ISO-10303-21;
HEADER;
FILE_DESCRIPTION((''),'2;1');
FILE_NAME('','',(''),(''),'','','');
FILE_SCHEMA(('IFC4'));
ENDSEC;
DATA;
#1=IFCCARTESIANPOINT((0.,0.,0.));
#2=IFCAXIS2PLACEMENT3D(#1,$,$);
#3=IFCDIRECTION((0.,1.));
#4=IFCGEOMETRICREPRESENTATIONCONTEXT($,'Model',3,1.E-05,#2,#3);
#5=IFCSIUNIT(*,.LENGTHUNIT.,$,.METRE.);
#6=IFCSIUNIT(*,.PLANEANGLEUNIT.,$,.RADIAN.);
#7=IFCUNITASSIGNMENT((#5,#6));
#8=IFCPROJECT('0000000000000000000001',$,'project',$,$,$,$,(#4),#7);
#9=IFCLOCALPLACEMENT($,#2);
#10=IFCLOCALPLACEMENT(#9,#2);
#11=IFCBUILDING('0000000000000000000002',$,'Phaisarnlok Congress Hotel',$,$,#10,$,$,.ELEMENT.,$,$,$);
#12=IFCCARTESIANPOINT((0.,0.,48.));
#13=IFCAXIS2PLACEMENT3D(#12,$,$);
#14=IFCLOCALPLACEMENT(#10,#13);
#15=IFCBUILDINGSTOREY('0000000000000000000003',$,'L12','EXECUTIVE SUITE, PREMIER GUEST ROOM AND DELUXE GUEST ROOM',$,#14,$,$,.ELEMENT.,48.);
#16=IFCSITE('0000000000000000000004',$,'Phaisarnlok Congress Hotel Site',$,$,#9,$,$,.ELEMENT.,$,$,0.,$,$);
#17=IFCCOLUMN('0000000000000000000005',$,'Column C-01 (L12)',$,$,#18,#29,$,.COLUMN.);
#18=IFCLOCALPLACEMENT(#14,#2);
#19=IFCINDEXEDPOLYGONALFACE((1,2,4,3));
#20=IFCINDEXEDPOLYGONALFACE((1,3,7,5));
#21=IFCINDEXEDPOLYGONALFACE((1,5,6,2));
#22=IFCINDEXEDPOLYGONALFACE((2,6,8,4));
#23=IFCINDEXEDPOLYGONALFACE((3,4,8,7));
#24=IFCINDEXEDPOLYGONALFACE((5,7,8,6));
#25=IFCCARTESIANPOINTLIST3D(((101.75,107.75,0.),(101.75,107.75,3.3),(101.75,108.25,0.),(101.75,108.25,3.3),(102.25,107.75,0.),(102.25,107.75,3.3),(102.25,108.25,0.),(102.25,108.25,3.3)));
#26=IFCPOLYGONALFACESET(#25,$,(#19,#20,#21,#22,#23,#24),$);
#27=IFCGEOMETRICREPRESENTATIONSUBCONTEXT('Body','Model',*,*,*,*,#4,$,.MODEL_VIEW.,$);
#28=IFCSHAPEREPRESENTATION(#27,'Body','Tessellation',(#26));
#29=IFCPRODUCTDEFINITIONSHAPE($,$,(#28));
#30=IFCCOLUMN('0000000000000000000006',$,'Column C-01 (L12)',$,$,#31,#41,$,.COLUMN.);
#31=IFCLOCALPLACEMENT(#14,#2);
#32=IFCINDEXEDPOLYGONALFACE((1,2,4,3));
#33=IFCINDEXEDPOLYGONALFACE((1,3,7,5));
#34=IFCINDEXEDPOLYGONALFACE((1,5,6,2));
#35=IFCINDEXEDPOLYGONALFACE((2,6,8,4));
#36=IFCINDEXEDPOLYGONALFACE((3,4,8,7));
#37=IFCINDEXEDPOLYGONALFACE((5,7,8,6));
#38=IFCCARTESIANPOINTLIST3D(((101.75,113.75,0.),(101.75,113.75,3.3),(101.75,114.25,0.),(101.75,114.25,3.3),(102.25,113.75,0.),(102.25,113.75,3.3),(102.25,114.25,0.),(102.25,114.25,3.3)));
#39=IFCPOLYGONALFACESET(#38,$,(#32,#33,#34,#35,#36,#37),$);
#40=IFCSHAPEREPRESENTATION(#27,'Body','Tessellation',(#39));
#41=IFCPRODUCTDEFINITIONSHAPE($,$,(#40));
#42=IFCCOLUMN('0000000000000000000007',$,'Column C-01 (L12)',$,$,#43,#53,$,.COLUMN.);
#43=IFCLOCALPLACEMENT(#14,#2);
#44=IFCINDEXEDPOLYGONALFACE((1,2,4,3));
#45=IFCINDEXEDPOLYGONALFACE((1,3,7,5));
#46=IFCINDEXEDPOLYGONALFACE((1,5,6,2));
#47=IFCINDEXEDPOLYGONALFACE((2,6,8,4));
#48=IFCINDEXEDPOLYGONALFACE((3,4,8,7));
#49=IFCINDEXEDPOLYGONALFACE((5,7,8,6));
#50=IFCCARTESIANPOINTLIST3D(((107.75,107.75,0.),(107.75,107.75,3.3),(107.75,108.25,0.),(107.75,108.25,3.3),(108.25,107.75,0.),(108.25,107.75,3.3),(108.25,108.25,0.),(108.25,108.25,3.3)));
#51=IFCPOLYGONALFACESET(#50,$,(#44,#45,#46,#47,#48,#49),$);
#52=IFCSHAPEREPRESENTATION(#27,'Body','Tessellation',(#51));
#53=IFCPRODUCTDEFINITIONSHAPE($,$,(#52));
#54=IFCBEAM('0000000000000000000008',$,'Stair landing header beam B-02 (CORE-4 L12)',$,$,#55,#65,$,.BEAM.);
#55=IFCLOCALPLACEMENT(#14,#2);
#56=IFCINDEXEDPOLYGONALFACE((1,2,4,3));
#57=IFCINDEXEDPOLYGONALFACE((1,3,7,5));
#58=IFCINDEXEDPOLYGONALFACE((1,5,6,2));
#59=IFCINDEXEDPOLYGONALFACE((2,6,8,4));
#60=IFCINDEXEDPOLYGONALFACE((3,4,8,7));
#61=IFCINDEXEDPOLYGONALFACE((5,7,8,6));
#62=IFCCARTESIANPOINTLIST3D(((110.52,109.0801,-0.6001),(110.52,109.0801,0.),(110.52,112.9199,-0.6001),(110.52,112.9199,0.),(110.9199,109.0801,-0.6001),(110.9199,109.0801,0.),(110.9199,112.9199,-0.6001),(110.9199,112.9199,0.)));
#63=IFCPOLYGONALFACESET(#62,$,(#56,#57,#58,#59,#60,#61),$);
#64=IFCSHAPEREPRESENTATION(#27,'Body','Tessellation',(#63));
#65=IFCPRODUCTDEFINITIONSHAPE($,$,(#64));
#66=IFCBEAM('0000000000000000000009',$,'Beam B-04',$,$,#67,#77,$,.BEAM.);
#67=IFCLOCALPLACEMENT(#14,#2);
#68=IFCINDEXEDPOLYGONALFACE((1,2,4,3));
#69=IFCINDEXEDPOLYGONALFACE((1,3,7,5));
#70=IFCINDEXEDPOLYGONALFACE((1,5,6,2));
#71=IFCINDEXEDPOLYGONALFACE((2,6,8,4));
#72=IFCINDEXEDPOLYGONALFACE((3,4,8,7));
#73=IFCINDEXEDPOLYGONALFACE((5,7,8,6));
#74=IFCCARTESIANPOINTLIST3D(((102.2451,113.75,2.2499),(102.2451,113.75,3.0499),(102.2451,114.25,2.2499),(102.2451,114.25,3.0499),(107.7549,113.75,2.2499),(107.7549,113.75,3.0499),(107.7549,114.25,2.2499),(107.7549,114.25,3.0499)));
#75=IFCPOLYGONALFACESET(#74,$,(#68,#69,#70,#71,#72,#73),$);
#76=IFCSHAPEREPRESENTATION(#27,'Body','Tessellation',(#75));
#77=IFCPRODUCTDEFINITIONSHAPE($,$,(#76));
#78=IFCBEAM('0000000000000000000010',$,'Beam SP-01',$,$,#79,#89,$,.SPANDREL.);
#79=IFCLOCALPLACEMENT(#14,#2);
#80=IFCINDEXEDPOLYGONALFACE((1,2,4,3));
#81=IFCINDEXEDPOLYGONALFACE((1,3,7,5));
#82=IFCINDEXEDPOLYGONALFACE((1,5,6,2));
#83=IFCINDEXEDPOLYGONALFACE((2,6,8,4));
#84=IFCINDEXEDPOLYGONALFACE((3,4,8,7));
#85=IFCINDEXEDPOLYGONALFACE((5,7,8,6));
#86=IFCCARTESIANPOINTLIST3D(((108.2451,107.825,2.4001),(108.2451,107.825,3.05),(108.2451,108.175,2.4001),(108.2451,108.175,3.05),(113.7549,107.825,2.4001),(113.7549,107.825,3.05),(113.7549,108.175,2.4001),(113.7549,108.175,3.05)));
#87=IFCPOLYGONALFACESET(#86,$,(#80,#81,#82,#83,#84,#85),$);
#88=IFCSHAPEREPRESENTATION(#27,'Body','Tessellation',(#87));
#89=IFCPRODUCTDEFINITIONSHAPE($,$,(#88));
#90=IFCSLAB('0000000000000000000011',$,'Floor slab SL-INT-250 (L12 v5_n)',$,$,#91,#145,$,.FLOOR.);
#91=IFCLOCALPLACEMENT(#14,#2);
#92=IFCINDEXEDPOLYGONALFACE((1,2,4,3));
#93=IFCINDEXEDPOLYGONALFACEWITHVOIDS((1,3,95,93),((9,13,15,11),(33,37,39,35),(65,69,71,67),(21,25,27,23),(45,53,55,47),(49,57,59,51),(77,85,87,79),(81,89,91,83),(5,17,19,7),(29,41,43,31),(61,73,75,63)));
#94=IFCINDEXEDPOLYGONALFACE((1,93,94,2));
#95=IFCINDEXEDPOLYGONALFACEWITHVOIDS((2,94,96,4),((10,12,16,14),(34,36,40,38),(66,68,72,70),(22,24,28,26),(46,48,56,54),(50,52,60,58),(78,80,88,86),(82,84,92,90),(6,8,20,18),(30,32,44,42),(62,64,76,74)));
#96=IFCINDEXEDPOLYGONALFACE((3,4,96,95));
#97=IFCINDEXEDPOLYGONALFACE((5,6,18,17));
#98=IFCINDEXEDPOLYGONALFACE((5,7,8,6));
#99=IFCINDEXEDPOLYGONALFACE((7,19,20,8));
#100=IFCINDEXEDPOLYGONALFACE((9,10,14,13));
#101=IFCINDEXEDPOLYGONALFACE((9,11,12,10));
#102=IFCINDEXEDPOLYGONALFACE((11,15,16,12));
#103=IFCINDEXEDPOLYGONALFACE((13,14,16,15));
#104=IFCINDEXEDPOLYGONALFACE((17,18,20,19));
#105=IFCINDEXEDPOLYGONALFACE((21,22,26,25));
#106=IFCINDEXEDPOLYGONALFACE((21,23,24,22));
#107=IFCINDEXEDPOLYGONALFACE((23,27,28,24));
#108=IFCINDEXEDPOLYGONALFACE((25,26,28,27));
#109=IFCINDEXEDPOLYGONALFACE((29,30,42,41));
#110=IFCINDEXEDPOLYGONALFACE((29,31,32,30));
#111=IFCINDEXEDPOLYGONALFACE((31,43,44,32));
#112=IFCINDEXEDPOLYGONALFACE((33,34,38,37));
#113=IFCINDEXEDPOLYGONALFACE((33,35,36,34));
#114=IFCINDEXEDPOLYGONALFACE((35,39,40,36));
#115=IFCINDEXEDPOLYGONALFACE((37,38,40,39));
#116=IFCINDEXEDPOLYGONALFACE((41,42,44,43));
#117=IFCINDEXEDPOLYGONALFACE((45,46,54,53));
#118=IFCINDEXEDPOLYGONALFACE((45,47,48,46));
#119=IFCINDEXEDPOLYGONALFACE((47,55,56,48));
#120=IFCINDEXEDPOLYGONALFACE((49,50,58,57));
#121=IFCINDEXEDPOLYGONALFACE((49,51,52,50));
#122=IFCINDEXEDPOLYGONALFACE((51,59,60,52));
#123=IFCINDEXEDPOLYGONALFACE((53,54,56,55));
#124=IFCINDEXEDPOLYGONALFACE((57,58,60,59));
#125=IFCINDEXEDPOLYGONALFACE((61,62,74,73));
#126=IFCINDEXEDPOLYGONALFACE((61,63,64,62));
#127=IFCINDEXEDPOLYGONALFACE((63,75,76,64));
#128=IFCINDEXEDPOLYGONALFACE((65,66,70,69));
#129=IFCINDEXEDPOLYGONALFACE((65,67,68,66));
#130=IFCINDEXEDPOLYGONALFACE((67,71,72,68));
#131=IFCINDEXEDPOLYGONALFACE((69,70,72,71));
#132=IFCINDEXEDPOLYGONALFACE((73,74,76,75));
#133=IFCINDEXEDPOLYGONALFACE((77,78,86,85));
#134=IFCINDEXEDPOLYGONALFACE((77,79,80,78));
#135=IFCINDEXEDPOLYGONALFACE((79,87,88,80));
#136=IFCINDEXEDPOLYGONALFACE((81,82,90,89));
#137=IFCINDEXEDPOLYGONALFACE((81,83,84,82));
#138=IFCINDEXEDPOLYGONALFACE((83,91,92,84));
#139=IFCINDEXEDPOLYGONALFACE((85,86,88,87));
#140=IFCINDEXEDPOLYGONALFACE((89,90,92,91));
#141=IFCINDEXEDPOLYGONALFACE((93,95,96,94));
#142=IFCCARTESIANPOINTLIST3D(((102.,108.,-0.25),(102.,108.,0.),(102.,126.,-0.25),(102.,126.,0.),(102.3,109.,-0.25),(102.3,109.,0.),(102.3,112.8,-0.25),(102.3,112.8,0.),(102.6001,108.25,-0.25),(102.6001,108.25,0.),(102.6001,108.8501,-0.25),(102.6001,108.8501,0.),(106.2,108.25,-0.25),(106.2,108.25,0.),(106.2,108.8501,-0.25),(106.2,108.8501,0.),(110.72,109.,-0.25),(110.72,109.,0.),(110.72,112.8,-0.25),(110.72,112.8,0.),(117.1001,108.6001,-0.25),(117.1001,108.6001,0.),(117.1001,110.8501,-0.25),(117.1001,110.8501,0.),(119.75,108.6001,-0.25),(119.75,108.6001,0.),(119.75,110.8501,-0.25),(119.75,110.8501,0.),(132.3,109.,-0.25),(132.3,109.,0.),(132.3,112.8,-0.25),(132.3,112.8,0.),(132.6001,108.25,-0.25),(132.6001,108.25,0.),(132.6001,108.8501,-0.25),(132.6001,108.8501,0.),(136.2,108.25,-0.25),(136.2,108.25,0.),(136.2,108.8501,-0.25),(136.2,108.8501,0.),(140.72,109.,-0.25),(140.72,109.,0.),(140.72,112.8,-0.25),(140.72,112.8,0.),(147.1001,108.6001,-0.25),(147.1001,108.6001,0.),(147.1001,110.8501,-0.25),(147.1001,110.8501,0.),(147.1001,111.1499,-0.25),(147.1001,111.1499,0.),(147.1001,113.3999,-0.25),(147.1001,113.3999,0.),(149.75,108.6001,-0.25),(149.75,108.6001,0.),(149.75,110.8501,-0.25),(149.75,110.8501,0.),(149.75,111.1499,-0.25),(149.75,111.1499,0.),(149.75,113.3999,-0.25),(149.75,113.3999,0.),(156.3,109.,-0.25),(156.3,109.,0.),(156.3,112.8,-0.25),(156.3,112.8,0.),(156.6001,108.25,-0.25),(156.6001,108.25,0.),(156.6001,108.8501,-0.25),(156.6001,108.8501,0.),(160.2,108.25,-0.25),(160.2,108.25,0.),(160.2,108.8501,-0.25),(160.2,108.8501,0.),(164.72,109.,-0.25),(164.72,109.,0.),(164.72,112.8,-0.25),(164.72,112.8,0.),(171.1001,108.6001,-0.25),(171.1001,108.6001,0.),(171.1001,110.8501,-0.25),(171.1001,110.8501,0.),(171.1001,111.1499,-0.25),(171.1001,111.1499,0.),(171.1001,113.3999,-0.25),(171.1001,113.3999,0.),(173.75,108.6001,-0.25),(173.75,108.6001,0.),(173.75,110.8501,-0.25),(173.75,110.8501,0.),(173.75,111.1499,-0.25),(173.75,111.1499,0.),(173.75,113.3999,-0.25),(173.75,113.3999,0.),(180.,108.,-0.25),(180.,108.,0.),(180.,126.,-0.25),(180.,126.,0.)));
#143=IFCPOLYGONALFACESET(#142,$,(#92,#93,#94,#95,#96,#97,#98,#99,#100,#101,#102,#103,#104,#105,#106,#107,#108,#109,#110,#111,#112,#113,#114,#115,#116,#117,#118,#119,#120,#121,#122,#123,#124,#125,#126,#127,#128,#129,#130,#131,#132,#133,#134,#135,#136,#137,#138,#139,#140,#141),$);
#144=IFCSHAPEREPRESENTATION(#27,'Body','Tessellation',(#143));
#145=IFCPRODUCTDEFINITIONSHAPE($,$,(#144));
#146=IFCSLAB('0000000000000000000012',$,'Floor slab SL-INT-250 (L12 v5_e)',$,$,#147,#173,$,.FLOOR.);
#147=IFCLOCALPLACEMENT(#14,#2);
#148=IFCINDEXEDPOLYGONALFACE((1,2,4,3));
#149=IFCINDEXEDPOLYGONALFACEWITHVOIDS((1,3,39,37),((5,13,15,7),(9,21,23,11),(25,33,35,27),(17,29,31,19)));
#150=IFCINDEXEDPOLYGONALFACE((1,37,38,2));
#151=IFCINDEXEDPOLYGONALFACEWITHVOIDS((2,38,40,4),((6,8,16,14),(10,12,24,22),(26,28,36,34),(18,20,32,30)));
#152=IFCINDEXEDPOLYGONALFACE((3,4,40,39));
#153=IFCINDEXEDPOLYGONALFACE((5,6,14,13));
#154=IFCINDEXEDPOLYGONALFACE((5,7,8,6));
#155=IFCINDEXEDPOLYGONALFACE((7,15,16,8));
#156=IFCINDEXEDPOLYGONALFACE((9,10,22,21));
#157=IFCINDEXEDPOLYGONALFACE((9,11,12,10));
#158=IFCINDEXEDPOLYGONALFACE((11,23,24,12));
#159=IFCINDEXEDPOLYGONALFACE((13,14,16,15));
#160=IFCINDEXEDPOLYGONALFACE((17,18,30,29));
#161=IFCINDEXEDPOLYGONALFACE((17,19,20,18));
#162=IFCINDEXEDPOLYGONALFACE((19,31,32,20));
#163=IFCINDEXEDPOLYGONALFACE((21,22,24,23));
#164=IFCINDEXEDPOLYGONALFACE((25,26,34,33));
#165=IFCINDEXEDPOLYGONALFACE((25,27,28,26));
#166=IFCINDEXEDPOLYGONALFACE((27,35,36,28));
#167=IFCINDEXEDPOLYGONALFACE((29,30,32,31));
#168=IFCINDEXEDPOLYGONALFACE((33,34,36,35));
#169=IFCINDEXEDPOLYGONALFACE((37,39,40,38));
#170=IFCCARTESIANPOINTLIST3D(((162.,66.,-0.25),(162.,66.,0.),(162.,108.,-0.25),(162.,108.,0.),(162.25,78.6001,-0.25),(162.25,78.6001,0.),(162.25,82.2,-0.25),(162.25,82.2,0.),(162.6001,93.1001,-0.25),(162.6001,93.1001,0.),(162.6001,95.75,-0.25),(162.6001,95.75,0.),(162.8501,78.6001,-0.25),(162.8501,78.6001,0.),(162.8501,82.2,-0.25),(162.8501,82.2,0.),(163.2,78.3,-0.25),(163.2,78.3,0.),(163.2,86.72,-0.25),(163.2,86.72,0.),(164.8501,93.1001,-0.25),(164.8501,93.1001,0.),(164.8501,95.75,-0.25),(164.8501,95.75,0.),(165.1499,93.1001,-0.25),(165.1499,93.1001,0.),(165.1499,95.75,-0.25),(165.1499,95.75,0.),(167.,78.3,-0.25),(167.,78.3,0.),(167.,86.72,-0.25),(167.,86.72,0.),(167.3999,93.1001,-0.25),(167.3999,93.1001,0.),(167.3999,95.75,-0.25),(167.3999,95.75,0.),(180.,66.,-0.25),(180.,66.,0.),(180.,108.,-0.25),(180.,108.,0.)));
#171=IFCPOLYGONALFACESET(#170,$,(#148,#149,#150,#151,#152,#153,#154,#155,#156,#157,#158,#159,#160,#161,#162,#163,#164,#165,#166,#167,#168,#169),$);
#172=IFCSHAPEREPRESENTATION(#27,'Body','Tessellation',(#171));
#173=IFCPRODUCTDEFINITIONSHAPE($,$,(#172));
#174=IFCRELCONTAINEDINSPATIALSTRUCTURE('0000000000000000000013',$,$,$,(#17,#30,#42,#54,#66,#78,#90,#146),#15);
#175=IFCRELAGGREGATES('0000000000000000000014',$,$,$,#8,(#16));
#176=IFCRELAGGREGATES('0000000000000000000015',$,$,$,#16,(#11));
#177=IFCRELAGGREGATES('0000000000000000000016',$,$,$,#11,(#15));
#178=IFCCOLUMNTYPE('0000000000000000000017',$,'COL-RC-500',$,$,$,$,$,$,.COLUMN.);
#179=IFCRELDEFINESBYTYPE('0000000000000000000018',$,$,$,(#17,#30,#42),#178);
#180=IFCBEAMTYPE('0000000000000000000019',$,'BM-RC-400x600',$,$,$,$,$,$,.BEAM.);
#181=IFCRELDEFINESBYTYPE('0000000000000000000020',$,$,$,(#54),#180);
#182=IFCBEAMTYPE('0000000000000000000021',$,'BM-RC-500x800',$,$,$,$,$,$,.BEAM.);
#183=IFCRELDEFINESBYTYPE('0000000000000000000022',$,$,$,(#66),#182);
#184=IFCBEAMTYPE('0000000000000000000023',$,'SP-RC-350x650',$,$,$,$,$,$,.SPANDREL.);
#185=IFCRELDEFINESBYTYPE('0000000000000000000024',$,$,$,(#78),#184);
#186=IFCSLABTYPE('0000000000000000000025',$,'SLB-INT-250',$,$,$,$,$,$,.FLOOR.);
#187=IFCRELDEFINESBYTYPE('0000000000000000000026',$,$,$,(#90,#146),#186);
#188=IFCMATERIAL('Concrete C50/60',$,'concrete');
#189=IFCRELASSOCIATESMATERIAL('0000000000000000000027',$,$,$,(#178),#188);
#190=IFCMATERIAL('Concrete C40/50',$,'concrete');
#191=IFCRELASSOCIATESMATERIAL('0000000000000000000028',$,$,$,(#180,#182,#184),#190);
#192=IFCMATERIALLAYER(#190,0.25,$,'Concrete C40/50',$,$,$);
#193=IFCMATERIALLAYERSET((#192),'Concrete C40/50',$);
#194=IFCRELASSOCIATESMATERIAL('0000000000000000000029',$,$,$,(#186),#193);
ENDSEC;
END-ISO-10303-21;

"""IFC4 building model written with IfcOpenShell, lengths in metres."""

from ifc_helpers import new_model, si_unit, direction, frame, origin, origin_2d, place, context, subcontext, project, spatial, polyline, rectangle, outline, extrude, material, layer, layer_set, material_profile, profile_set, type_object, element, save


model = new_model("IFC4")

# Units and contexts
model_context = context("Model", 3, precision=1e-05, world=origin(), true_north=direction((0.0, 1.0)))
body_context = subcontext(model_context, "Body", "Model", "MODEL_VIEW")
ifc_project = project(units=[si_unit("LENGTHUNIT", "METRE"), si_unit("PLANEANGLEUNIT", "RADIAN")], contexts=[model_context])

# Site, building, storey
site_placement = place(None, origin())
site = spatial("IfcSite", under=ifc_project, at=site_placement, Name="Phaisarnlok Congress Hotel Site", CompositionType="ELEMENT", RefElevation=0.0)
building_placement = place(site_placement, origin())
building = spatial("IfcBuilding", under=site, at=building_placement, Name="Phaisarnlok Congress Hotel", CompositionType="ELEMENT")
storey_placement = place(building_placement, frame((0.0, 0.0, 48.0)))
storey = spatial("IfcBuildingStorey", under=building, at=storey_placement, Name="L12", Description="EXECUTIVE SUITE, PREMIER GUEST ROOM AND DELUXE GUEST ROOM", CompositionType="ELEMENT", Elevation=48.0)

# Columns
ifc_material_1 = material(Name="Concrete C50/60", Category="concrete")
ifc_material_profile_1 = material_profile(ifc_material_1, rectangle(XDim=0.5, YDim=0.5, at=origin_2d()), Name="RC 500x500")
ifc_profile_set_1 = profile_set([ifc_material_profile_1], Name="Concrete C50/60")
column_type = type_object("IfcColumnType", Name="COL-RC-500", PredefinedType="COLUMN", material=ifc_profile_set_1)
for number, where, z_axis, x_axis, name in (
    (1, (102.0, 108.0, 0.0), (0.0, 0.0, 1.0), (1.0, 0.0, 0.0), "Column C-01 (L12)"),
    (2, (102.0, 114.0, 0.0), (0.0, 0.0, 1.0), (1.0, 0.0, 0.0), "Column C-01 (L12)"),
    (3, (108.0, 108.0, 0.0), (0.0, 0.0, 1.0), (1.0, 0.0, 0.0), "Column C-01 (L12)"),
):
    element("IfcColumn", number, at=place(storey_placement, frame(where, z_axis=z_axis, x_axis=x_axis)), inside=storey, type_object=column_type, Name=name, PredefinedType="COLUMN", context=body_context, shape_type="SweptSolid", body=[
        extrude(rectangle(XDim=0.5, YDim=0.5, at=origin_2d()), origin(), (0.0, 0.0, 1.0), 3.3),
    ])

# Beams
ifc_material_2 = material(Name="Concrete C40/50", Category="concrete")
ifc_material_profile_2 = material_profile(ifc_material_2, rectangle(XDim=0.3999, YDim=0.6001, at=origin_2d()), Name="RC 400x600")
ifc_profile_set_2 = profile_set([ifc_material_profile_2], Name="Concrete C40/50")
beam_type_1 = type_object("IfcBeamType", Name="BM-RC-400x600", PredefinedType="BEAM", material=ifc_profile_set_2)
beam_1_placement = place(storey_placement, frame((110.72, 109.0801, -0.3), z_axis=(0.0, 1.0, 0.0), x_axis=(-1.0, 0.0, 0.0)))
element("IfcBeam", 4, at=beam_1_placement, inside=storey, type_object=beam_type_1, Name="Stair landing header beam B-02 (CORE-4 L12)", PredefinedType="BEAM", context=body_context, shape_type="SweptSolid", body=[
    extrude(rectangle(XDim=0.3999, YDim=0.6001, at=origin_2d()), origin(), (0.0, 0.0, 1.0), 3.8398),
])
ifc_material_profile_3 = material_profile(ifc_material_2, rectangle(XDim=0.5, YDim=0.8, at=origin_2d()), Name="RC 500x800")
ifc_profile_set_3 = profile_set([ifc_material_profile_3], Name="Concrete C40/50")
beam_type_2 = type_object("IfcBeamType", Name="BM-RC-500x800", PredefinedType="BEAM", material=ifc_profile_set_3)
beam_2_placement = place(storey_placement, frame((102.2451, 114.0, 2.6499), z_axis=(1.0, 0.0, 0.0), x_axis=(0.0, 1.0, 0.0)))
element("IfcBeam", 5, at=beam_2_placement, inside=storey, type_object=beam_type_2, Name="Beam B-04", PredefinedType="BEAM", context=body_context, shape_type="SweptSolid", body=[
    extrude(rectangle(XDim=0.5, YDim=0.8, at=origin_2d()), origin(), (0.0, 0.0, 1.0), 5.5098),
])
ifc_material_profile_4 = material_profile(ifc_material_2, rectangle(XDim=0.3501, YDim=0.6499, at=origin_2d()), Name="RC 350x650")
ifc_profile_set_4 = profile_set([ifc_material_profile_4], Name="Concrete C40/50")
beam_type_3 = type_object("IfcBeamType", Name="SP-RC-350x650", PredefinedType="SPANDREL", material=ifc_profile_set_4)
beam_3_placement = place(storey_placement, frame((108.2451, 108.0, 2.7251), z_axis=(1.0, 0.0, 0.0), x_axis=(0.0, 1.0, 0.0)))
element("IfcBeam", 6, at=beam_3_placement, inside=storey, type_object=beam_type_3, Name="Beam SP-01", PredefinedType="SPANDREL", context=body_context, shape_type="SweptSolid", body=[
    extrude(rectangle(XDim=0.3501, YDim=0.6499, at=origin_2d()), origin(), (0.0, 0.0, 1.0), 5.5098),
])

# Slabs
ifc_layer_1 = layer(ifc_material_2, 0.25, Name="Concrete C40/50")
ifc_layer_set_1 = layer_set([ifc_layer_1], Name="Concrete C40/50")
slab_type_1 = type_object("IfcSlabType", Name="SLB-INT-250", PredefinedType="FLOOR", material=ifc_layer_set_1)
slab_1_placement = place(storey_placement, frame((0.0, 0.0, -0.25)))
element("IfcSlab", 7, at=slab_1_placement, inside=storey, type_object=slab_type_1, Name="Floor slab SL-INT-250 (L12 v5_n)", PredefinedType="FLOOR", context=body_context, shape_type="SweptSolid", body=[
    extrude(outline(polyline([(180.0, 108.0), (180.0, 126.0), (102.0, 126.0), (102.0, 108.0), (180.0, 108.0)]), holes=[polyline([(164.72, 112.8), (156.3, 112.8), (156.3, 109.0), (164.72, 109.0), (164.72, 112.8)]), polyline([(140.72, 112.8), (132.3, 112.8), (132.3, 109.0), (140.72, 109.0), (140.72, 112.8)]), polyline([(110.72, 112.8), (102.3, 112.8), (102.3, 109.0), (110.72, 109.0), (110.72, 112.8)]), polyline([(173.75, 108.6001), (173.75, 110.8501), (171.1001, 110.8501), (171.1001, 108.6001), (173.75, 108.6001)]), polyline([(173.75, 111.1499), (173.75, 113.3999), (171.1001, 113.3999), (171.1001, 111.1499), (173.75, 111.1499)]), polyline([(160.2, 108.25), (160.2, 108.8501), (156.6001, 108.8501), (156.6001, 108.25), (160.2, 108.25)]), polyline([(149.75, 108.6001), (149.75, 110.8501), (147.1001, 110.8501), (147.1001, 108.6001), (149.75, 108.6001)]), polyline([(149.75, 111.1499), (149.75, 113.3999), (147.1001, 113.3999), (147.1001, 111.1499), (149.75, 111.1499)]), polyline([(136.2, 108.25), (136.2, 108.8501), (132.6001, 108.8501), (132.6001, 108.25), (136.2, 108.25)]), polyline([(119.75, 108.6001), (119.75, 110.8501), (117.1001, 110.8501), (117.1001, 108.6001), (119.75, 108.6001)]), polyline([(106.2, 108.25), (106.2, 108.8501), (102.6001, 108.8501), (102.6001, 108.25), (106.2, 108.25)])]), origin(), (0.0, 0.0, 1.0), 0.25),
])
slab_2_placement = place(storey_placement, frame((0.0, 0.0, -0.25)))
element("IfcSlab", 8, at=slab_2_placement, inside=storey, type_object=slab_type_1, Name="Floor slab SL-INT-250 (L12 v5_e)", PredefinedType="FLOOR", context=body_context, shape_type="SweptSolid", body=[
    extrude(outline(polyline([(180.0, 66.0), (180.0, 108.0), (162.0, 108.0), (162.0, 66.0), (180.0, 66.0)]), holes=[polyline([(163.2, 86.72), (163.2, 78.3), (167.0, 78.3), (167.0, 86.72), (163.2, 86.72)]), polyline([(164.8501, 93.1001), (164.8501, 95.75), (162.6001, 95.75), (162.6001, 93.1001), (164.8501, 93.1001)]), polyline([(167.3999, 93.1001), (167.3999, 95.75), (165.1499, 95.75), (165.1499, 93.1001), (167.3999, 93.1001)]), polyline([(162.8501, 78.6001), (162.8501, 82.2), (162.25, 82.2), (162.25, 78.6001), (162.8501, 78.6001)])]), origin(), (0.0, 0.0, 1.0), 0.25),
])

save(model, "model.ifc")
